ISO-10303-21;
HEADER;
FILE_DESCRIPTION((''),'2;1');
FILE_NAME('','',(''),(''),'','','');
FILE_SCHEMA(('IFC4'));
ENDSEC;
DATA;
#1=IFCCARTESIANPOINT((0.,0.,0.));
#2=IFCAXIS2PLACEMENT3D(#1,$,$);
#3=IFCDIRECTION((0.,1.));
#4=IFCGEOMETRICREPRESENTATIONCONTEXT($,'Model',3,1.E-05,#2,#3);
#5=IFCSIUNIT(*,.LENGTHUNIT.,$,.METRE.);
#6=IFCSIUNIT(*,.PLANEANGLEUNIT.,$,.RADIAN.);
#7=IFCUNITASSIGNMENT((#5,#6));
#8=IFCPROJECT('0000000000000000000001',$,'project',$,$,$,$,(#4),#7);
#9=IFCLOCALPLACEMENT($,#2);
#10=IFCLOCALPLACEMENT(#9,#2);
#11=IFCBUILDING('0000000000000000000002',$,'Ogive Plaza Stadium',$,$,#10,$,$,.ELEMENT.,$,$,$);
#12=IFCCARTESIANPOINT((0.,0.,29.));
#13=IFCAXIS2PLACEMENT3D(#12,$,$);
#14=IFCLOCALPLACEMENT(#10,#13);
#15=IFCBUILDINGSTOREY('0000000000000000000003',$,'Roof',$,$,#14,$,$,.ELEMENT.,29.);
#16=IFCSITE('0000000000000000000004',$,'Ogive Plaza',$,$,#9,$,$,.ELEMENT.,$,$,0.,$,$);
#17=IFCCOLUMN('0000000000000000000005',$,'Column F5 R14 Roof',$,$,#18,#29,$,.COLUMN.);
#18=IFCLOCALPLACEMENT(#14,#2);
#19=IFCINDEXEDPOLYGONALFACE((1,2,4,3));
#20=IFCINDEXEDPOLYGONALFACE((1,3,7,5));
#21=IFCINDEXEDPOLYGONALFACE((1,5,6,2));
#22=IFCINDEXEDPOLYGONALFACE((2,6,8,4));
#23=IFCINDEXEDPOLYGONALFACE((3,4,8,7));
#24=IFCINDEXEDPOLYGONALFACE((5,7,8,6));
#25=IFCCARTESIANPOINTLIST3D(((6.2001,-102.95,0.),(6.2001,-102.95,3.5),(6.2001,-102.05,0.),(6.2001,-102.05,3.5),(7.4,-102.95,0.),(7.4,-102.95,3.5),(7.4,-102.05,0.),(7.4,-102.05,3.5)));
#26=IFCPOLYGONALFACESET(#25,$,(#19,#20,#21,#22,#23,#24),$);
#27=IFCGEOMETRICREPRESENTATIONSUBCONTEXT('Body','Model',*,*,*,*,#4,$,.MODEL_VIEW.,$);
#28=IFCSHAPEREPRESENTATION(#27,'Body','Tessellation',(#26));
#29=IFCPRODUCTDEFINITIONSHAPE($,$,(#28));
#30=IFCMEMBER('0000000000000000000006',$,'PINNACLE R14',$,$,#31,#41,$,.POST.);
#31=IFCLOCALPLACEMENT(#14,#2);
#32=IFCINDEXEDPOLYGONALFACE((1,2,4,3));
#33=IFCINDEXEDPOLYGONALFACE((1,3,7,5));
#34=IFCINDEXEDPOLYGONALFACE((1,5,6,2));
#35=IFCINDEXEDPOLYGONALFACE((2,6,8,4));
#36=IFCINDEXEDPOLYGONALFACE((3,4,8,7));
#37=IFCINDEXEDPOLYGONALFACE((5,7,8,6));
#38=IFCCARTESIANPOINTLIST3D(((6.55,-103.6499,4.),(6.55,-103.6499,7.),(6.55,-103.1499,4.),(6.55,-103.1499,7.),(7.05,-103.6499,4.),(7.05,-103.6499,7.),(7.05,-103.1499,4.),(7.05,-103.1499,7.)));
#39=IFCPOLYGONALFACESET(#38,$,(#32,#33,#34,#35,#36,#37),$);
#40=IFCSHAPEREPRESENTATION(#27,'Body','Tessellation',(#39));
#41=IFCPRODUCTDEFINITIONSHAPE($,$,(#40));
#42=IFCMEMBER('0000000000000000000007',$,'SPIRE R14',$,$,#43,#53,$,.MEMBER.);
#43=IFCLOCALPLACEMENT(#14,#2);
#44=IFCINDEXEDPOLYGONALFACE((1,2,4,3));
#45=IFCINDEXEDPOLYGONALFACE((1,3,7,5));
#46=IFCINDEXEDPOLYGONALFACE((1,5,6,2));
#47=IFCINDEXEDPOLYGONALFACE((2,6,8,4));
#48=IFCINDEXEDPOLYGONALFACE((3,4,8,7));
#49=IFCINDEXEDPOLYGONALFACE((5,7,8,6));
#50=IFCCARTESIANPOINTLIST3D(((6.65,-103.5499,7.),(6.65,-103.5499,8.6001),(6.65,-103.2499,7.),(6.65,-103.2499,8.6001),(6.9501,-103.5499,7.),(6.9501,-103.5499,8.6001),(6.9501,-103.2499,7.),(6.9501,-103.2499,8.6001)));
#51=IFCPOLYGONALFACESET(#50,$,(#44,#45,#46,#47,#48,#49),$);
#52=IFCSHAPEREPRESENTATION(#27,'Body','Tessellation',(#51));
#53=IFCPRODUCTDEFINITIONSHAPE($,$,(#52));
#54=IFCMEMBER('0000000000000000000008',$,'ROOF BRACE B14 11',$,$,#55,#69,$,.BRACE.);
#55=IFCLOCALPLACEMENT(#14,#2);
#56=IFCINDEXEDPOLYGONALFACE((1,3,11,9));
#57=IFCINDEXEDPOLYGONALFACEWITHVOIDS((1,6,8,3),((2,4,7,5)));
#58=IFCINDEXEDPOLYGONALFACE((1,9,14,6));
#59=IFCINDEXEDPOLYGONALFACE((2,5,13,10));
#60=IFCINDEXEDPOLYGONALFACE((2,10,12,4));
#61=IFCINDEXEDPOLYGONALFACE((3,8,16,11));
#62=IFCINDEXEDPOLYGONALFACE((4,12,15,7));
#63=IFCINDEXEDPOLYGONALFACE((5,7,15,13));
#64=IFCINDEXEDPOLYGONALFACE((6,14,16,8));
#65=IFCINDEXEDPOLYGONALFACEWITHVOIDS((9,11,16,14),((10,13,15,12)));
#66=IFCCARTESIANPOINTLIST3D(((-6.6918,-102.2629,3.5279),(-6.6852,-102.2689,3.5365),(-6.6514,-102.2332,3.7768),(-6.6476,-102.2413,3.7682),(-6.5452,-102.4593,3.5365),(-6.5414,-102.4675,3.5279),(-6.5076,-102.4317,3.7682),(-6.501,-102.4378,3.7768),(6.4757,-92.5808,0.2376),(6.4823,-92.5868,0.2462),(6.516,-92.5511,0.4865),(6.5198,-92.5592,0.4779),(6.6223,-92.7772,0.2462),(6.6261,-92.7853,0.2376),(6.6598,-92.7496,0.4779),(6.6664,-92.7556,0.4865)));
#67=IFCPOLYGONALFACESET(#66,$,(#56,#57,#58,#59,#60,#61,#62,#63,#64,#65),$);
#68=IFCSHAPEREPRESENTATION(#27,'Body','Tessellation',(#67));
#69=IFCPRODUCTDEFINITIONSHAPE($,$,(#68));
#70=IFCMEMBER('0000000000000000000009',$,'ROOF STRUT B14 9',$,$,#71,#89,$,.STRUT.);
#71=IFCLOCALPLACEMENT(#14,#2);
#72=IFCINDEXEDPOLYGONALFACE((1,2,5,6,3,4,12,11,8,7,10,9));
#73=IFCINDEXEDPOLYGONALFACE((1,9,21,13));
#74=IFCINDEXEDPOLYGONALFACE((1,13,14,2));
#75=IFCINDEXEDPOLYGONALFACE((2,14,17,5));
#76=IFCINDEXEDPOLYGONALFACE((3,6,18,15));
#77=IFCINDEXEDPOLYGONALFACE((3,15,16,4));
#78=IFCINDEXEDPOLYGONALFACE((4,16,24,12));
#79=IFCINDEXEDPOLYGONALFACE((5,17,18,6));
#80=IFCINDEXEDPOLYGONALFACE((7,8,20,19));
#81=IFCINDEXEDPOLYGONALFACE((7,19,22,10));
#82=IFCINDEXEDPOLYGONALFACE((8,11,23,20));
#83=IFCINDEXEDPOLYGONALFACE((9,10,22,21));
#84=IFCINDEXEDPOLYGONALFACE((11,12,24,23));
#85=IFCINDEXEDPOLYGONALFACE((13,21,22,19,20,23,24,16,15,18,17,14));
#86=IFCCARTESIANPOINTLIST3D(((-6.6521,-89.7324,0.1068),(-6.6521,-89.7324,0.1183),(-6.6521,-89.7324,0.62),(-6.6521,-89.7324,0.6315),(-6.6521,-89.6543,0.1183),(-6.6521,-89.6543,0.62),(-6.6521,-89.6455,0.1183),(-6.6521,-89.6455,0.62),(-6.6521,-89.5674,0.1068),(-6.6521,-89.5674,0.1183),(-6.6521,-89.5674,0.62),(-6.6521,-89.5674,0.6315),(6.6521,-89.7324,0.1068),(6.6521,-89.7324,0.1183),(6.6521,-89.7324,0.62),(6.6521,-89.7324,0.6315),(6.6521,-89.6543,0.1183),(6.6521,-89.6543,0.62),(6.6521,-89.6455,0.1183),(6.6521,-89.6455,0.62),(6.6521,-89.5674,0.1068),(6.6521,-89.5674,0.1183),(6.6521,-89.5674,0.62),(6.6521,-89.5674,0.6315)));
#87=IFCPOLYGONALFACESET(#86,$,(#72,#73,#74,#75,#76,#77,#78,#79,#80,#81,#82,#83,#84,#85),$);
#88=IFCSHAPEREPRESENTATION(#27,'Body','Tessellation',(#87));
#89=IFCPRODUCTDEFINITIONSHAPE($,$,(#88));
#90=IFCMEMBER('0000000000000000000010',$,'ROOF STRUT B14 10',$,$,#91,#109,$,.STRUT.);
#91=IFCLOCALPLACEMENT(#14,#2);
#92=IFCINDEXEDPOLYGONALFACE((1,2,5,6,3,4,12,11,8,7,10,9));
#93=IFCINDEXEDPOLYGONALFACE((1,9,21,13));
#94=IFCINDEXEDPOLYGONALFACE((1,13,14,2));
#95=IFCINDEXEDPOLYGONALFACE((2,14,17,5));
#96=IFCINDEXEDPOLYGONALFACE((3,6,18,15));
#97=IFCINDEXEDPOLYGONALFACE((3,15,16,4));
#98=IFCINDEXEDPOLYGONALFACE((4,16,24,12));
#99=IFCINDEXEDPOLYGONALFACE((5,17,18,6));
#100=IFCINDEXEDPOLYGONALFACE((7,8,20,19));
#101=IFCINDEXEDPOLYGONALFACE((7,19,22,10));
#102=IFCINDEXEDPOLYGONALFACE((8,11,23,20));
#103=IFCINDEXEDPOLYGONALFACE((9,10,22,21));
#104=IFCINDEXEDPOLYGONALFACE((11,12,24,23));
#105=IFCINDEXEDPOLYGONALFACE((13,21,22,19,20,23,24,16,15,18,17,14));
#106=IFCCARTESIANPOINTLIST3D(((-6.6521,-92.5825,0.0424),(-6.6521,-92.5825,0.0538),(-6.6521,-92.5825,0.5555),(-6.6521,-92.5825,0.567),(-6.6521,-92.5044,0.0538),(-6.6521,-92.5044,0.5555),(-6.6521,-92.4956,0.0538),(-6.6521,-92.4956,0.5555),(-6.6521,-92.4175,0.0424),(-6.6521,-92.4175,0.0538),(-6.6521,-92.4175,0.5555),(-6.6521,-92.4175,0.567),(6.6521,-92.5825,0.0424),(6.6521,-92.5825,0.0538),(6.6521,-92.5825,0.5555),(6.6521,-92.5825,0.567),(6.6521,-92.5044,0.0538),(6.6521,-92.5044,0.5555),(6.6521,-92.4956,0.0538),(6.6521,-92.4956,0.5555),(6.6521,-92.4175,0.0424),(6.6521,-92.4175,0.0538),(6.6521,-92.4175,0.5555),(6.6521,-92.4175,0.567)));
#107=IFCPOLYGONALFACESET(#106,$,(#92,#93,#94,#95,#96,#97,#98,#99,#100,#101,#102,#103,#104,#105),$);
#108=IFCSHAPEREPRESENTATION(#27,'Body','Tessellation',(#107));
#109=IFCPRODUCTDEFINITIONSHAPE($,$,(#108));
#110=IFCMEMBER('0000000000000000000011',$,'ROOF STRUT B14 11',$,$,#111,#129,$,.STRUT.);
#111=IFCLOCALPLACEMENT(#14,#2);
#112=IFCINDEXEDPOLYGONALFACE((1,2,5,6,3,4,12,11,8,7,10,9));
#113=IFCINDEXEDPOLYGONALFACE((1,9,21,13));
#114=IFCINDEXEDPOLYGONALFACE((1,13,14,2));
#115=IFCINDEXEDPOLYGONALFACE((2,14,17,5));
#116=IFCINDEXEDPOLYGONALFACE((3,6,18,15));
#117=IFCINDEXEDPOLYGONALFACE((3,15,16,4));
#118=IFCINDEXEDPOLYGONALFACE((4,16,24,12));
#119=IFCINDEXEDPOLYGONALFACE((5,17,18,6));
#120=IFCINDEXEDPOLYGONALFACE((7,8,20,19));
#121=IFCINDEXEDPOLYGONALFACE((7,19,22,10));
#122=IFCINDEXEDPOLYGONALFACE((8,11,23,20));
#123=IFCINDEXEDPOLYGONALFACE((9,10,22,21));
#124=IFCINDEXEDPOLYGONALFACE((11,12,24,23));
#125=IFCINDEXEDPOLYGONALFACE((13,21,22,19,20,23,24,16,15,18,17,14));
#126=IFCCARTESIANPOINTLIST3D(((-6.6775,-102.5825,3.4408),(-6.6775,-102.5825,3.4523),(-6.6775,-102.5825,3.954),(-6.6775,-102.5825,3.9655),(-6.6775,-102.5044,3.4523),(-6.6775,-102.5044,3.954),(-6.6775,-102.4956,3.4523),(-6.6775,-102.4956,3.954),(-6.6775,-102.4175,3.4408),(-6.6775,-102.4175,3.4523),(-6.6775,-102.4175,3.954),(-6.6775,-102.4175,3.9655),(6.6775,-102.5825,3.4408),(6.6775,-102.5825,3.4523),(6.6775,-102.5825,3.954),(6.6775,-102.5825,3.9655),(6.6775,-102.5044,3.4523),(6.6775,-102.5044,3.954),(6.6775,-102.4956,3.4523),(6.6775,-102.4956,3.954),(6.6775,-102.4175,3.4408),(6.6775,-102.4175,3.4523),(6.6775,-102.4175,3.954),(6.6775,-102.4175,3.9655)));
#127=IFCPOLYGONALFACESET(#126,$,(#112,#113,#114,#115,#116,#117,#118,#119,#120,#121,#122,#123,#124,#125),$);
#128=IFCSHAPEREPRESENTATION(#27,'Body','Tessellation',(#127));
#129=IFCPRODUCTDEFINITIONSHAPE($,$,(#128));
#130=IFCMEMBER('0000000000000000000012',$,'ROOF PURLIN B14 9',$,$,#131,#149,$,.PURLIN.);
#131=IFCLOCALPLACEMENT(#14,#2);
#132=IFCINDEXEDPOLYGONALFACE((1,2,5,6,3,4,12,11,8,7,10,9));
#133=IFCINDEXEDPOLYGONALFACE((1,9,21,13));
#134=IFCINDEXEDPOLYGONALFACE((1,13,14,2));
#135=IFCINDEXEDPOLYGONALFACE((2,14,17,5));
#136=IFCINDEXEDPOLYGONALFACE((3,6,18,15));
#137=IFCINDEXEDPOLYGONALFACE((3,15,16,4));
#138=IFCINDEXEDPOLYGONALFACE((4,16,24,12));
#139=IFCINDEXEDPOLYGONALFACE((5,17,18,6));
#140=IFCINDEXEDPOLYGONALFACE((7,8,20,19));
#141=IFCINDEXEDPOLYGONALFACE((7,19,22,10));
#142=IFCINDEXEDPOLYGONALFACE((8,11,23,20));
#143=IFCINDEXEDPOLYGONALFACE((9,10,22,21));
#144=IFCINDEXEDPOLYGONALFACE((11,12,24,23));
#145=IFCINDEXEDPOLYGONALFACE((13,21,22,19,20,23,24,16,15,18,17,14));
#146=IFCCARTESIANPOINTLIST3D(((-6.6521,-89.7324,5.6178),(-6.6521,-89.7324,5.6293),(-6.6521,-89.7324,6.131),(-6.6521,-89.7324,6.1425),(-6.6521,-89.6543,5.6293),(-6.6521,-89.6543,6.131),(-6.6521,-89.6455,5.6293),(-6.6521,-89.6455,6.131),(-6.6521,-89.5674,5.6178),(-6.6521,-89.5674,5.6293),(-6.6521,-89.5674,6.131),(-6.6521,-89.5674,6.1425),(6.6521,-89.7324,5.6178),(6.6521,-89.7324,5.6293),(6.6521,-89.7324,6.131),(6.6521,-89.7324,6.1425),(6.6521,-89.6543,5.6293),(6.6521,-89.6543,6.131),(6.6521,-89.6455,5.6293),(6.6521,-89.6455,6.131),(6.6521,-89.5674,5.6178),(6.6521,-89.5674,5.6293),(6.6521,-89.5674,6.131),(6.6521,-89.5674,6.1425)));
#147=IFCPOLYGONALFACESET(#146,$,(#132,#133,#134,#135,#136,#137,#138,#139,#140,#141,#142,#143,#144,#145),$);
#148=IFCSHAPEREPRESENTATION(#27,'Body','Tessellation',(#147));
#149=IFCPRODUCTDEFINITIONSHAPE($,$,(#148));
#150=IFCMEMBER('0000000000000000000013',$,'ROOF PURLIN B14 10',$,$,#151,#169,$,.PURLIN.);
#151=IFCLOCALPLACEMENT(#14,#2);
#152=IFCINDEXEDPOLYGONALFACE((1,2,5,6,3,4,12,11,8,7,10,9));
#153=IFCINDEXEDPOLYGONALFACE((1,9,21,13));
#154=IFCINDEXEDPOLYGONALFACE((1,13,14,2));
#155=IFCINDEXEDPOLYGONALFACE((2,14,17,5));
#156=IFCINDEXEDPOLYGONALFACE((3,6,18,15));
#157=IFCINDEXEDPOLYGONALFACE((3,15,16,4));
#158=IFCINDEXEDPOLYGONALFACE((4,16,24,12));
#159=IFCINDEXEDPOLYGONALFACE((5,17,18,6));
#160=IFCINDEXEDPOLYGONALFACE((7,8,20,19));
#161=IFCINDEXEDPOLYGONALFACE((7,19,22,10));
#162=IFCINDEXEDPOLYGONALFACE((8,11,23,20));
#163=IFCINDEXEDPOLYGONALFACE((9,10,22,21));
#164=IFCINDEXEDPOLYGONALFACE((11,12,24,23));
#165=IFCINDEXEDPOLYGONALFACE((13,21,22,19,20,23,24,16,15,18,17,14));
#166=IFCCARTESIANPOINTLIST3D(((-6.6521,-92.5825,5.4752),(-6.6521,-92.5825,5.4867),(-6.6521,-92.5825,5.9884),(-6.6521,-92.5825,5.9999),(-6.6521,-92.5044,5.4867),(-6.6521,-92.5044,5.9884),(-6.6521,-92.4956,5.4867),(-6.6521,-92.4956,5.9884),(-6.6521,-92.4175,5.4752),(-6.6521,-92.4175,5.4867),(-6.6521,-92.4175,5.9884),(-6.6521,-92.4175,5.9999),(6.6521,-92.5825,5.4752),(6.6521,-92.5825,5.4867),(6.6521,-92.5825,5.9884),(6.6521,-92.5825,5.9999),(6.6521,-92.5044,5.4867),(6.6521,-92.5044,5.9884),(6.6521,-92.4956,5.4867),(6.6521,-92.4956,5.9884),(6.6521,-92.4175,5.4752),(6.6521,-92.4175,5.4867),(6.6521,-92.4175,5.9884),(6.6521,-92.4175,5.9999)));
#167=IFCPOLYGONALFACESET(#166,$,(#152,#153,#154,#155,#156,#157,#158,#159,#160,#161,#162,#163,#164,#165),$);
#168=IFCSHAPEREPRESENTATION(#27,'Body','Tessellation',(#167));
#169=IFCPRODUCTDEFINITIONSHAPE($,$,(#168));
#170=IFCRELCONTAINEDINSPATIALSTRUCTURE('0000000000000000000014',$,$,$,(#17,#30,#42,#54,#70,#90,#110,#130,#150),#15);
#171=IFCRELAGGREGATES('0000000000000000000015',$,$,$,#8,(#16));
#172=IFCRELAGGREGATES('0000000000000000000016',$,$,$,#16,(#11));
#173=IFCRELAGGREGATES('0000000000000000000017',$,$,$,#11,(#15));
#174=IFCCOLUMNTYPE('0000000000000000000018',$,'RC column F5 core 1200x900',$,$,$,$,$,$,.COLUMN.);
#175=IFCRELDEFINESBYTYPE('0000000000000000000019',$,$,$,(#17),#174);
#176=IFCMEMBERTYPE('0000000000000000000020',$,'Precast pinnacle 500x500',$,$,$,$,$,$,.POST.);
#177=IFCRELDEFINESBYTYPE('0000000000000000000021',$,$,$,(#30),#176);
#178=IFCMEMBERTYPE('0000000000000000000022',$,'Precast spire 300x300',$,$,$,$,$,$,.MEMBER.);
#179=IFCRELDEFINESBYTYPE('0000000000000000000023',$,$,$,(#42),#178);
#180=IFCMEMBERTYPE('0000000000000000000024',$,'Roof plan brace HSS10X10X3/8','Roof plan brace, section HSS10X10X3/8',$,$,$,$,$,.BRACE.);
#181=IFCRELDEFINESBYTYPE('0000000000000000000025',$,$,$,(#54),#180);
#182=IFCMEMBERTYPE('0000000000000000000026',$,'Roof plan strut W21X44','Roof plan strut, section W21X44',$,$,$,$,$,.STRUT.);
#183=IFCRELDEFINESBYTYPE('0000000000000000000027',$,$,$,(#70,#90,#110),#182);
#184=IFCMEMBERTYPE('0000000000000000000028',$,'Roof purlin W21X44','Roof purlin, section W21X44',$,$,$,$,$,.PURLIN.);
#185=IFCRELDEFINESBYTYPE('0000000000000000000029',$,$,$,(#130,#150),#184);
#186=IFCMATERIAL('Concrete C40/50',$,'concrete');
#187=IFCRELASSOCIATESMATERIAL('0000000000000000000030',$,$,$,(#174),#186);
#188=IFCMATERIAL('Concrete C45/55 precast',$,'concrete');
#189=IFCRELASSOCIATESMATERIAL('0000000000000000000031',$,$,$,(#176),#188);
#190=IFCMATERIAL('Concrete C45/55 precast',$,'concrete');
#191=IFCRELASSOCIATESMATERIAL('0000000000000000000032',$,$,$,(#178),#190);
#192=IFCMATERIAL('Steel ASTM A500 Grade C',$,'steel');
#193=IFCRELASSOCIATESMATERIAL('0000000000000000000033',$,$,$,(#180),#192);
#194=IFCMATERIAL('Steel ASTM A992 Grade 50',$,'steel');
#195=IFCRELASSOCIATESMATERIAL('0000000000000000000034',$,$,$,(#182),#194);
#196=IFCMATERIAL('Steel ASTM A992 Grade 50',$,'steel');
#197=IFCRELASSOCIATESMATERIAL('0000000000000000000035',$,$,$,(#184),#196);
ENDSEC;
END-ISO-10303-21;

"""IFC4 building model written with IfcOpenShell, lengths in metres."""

from ifc_helpers import new_model, si_unit, direction, frame, origin, origin_2d, place, context, subcontext, project, spatial, rectangle, hollow_rectangle, i_section, extrude, material, material_profile, profile_set, type_object, element, save


model = new_model("IFC4")

# Units and contexts
model_context = context("Model", 3, precision=1e-05, world=origin(), true_north=direction((0.0, 1.0)))
body_context = subcontext(model_context, "Body", "Model", "MODEL_VIEW")
ifc_project = project(units=[si_unit("LENGTHUNIT", "METRE"), si_unit("PLANEANGLEUNIT", "RADIAN")], contexts=[model_context])

# Site, building, storey
site_placement = place(None, origin())
site = spatial("IfcSite", under=ifc_project, at=site_placement, Name="Ogive Plaza", CompositionType="ELEMENT", RefElevation=0.0)
building_placement = place(site_placement, origin())
building = spatial("IfcBuilding", under=site, at=building_placement, Name="Ogive Plaza Stadium", CompositionType="ELEMENT")
storey_placement = place(building_placement, frame((0.0, 0.0, 29.0)))
storey = spatial("IfcBuildingStorey", under=building, at=storey_placement, Name="Roof", CompositionType="ELEMENT", Elevation=29.0)

# Column
ifc_material_1 = material(Name="Concrete C40/50", Category="concrete")
ifc_material_profile_1 = material_profile(ifc_material_1, rectangle(XDim=1.2, YDim=0.8999, at=origin_2d()), Name="RC 1200x900")
ifc_profile_set_1 = profile_set([ifc_material_profile_1], Name="Concrete C40/50")
column_type = type_object("IfcColumnType", Name="RC column F5 core 1200x900", PredefinedType="COLUMN", material=ifc_profile_set_1)
column_placement = place(storey_placement, frame((6.8, -102.5, 0.0), z_axis=(0.0, 0.0, 1.0), x_axis=(1.0, 0.0, 0.0)))
element("IfcColumn", 1, at=column_placement, inside=storey, type_object=column_type, Name="Column F5 R14 Roof", PredefinedType="COLUMN", context=body_context, shape_type="SweptSolid", body=[
    extrude(rectangle(XDim=1.2, YDim=0.8999, at=origin_2d()), origin(), (0.0, 0.0, 1.0), 3.5),
])

# Members
ifc_material_2 = material(Name="Concrete C45/55 precast", Category="concrete")
ifc_material_profile_2 = material_profile(ifc_material_2, rectangle(XDim=0.5, YDim=0.5, at=origin_2d()), Name="RC 500x500")
ifc_profile_set_2 = profile_set([ifc_material_profile_2], Name="Concrete C45/55 precast")
member_type_1 = type_object("IfcMemberType", Name="Precast pinnacle 500x500", PredefinedType="POST", material=ifc_profile_set_2)
member_1_placement = place(storey_placement, frame((6.8, -103.3999, 4.0), z_axis=(0.0, 0.0, 1.0), x_axis=(1.0, 0.0, 0.0)))
element("IfcMember", 2, at=member_1_placement, inside=storey, type_object=member_type_1, Name="PINNACLE R14", PredefinedType="POST", context=body_context, shape_type="SweptSolid", body=[
    extrude(rectangle(XDim=0.5, YDim=0.5, at=origin_2d()), origin(), (0.0, 0.0, 1.0), 3.0),
])
ifc_material_3 = material(Name="Concrete C45/55 precast", Category="concrete")
ifc_material_profile_3 = material_profile(ifc_material_3, rectangle(XDim=0.3, YDim=0.3, at=origin_2d()), Name="RC 300x300")
ifc_profile_set_3 = profile_set([ifc_material_profile_3], Name="Concrete C45/55 precast")
member_type_2 = type_object("IfcMemberType", Name="Precast spire 300x300", PredefinedType="MEMBER", material=ifc_profile_set_3)
member_2_placement = place(storey_placement, frame((6.8, -103.3999, 7.0), z_axis=(0.0, 0.0, 1.0), x_axis=(1.0, 0.0, 0.0)))
element("IfcMember", 3, at=member_2_placement, inside=storey, type_object=member_type_2, Name="SPIRE R14", PredefinedType="MEMBER", context=body_context, shape_type="SweptSolid", body=[
    extrude(rectangle(XDim=0.3, YDim=0.3, at=origin_2d()), origin(), (0.0, 0.0, 1.0), 1.6001),
])
ifc_material_4 = material(Name="Steel ASTM A500 Grade C", Category="steel")
ifc_material_profile_4 = material_profile(ifc_material_4, hollow_rectangle(XDim=0.2539, YDim=0.2539, WallThickness=0.0088, at=origin_2d()), Name="HSS10X10X3/8")
ifc_profile_set_4 = profile_set([ifc_material_profile_4], Name="Steel ASTM A500 Grade C")
member_type_3 = type_object("IfcMemberType", Name="Roof plan brace HSS10X10X3/8", Description="Roof plan brace, section HSS10X10X3/8", PredefinedType="BRACE", material=ifc_profile_set_4)
member_3_placement = place(storey_placement, frame((6.571, -92.6682, 0.3621), z_axis=(-0.789801, -0.580746, 0.197355), x_axis=(0.592397, -0.805646, 0.0)))
element("IfcMember", 4, at=member_3_placement, inside=storey, type_object=member_type_3, Name="ROOF BRACE B14 11", PredefinedType="BRACE", context=body_context, shape_type="SweptSolid", body=[
    extrude(hollow_rectangle(XDim=0.2539, YDim=0.2539, WallThickness=0.0088, at=origin_2d()), origin(), (0.0, 0.0, 1.0), 16.6719),
])
ifc_material_5 = material(Name="Steel ASTM A992 Grade 50", Category="steel")
ifc_material_profile_5 = material_profile(ifc_material_5, i_section(OverallWidth=0.165, OverallDepth=0.5247, WebThickness=0.0088, FlangeThickness=0.0115, at=origin_2d()), Name="W21X44")
ifc_profile_set_5 = profile_set([ifc_material_profile_5], Name="Steel ASTM A992 Grade 50")
member_type_4 = type_object("IfcMemberType", Name="Roof plan strut W21X44", Description="Roof plan strut, section W21X44", PredefinedType="STRUT", material=ifc_profile_set_5)
for number, where, z_axis, x_axis, name in (
    (5, (6.6521, -89.6499, 0.3691), (-1.0, 0.0, 0.0), (0.0, -1.0, 0.0), "ROOF STRUT B14 9"),
    (6, (6.6521, -92.5, 0.3047), (-1.0, 0.0, 0.0), (0.0, -1.0, 0.0), "ROOF STRUT B14 10"),
):
    element("IfcMember", number, at=place(storey_placement, frame(where, z_axis=z_axis, x_axis=x_axis)), inside=storey, type_object=member_type_4, Name=name, PredefinedType="STRUT", context=body_context, shape_type="SweptSolid", body=[
        extrude(i_section(OverallWidth=0.165, OverallDepth=0.5247, WebThickness=0.0088, FlangeThickness=0.0115, at=origin_2d()), origin(), (0.0, 0.0, 1.0), 13.3042),
    ])
member_4_placement = place(storey_placement, frame((6.6775, -102.5, 3.7031), z_axis=(-1.0, 0.0, 0.0), x_axis=(0.0, -1.0, 0.0)))
element("IfcMember", 7, at=member_4_placement, inside=storey, type_object=member_type_4, Name="ROOF STRUT B14 11", PredefinedType="STRUT", context=body_context, shape_type="SweptSolid", body=[
    extrude(i_section(OverallWidth=0.165, OverallDepth=0.5247, WebThickness=0.0088, FlangeThickness=0.0115, at=origin_2d()), origin(), (0.0, 0.0, 1.0), 13.355),
])
ifc_material_6 = material(Name="Steel ASTM A992 Grade 50", Category="steel")
ifc_material_profile_6 = material_profile(ifc_material_6, i_section(OverallWidth=0.165, OverallDepth=0.5247, WebThickness=0.0088, FlangeThickness=0.0115, at=origin_2d()), Name="W21X44")
ifc_profile_set_6 = profile_set([ifc_material_profile_6], Name="Steel ASTM A992 Grade 50")
member_type_5 = type_object("IfcMemberType", Name="Roof purlin W21X44", Description="Roof purlin, section W21X44", PredefinedType="PURLIN", material=ifc_profile_set_6)
for number, where, z_axis, x_axis, name in (
    (8, (6.6521, -89.6499, 5.8801), (-1.0, 0.0, 0.0), (0.0, -1.0, 0.0), "ROOF PURLIN B14 9"),
    (9, (6.6521, -92.5, 5.7375), (-1.0, 0.0, 0.0), (0.0, -1.0, 0.0), "ROOF PURLIN B14 10"),
):
    element("IfcMember", number, at=place(storey_placement, frame(where, z_axis=z_axis, x_axis=x_axis)), inside=storey, type_object=member_type_5, Name=name, PredefinedType="PURLIN", context=body_context, shape_type="SweptSolid", body=[
        extrude(i_section(OverallWidth=0.165, OverallDepth=0.5247, WebThickness=0.0088, FlangeThickness=0.0115, at=origin_2d()), origin(), (0.0, 0.0, 1.0), 13.3042),
    ])

save(model, "model.ifc")
